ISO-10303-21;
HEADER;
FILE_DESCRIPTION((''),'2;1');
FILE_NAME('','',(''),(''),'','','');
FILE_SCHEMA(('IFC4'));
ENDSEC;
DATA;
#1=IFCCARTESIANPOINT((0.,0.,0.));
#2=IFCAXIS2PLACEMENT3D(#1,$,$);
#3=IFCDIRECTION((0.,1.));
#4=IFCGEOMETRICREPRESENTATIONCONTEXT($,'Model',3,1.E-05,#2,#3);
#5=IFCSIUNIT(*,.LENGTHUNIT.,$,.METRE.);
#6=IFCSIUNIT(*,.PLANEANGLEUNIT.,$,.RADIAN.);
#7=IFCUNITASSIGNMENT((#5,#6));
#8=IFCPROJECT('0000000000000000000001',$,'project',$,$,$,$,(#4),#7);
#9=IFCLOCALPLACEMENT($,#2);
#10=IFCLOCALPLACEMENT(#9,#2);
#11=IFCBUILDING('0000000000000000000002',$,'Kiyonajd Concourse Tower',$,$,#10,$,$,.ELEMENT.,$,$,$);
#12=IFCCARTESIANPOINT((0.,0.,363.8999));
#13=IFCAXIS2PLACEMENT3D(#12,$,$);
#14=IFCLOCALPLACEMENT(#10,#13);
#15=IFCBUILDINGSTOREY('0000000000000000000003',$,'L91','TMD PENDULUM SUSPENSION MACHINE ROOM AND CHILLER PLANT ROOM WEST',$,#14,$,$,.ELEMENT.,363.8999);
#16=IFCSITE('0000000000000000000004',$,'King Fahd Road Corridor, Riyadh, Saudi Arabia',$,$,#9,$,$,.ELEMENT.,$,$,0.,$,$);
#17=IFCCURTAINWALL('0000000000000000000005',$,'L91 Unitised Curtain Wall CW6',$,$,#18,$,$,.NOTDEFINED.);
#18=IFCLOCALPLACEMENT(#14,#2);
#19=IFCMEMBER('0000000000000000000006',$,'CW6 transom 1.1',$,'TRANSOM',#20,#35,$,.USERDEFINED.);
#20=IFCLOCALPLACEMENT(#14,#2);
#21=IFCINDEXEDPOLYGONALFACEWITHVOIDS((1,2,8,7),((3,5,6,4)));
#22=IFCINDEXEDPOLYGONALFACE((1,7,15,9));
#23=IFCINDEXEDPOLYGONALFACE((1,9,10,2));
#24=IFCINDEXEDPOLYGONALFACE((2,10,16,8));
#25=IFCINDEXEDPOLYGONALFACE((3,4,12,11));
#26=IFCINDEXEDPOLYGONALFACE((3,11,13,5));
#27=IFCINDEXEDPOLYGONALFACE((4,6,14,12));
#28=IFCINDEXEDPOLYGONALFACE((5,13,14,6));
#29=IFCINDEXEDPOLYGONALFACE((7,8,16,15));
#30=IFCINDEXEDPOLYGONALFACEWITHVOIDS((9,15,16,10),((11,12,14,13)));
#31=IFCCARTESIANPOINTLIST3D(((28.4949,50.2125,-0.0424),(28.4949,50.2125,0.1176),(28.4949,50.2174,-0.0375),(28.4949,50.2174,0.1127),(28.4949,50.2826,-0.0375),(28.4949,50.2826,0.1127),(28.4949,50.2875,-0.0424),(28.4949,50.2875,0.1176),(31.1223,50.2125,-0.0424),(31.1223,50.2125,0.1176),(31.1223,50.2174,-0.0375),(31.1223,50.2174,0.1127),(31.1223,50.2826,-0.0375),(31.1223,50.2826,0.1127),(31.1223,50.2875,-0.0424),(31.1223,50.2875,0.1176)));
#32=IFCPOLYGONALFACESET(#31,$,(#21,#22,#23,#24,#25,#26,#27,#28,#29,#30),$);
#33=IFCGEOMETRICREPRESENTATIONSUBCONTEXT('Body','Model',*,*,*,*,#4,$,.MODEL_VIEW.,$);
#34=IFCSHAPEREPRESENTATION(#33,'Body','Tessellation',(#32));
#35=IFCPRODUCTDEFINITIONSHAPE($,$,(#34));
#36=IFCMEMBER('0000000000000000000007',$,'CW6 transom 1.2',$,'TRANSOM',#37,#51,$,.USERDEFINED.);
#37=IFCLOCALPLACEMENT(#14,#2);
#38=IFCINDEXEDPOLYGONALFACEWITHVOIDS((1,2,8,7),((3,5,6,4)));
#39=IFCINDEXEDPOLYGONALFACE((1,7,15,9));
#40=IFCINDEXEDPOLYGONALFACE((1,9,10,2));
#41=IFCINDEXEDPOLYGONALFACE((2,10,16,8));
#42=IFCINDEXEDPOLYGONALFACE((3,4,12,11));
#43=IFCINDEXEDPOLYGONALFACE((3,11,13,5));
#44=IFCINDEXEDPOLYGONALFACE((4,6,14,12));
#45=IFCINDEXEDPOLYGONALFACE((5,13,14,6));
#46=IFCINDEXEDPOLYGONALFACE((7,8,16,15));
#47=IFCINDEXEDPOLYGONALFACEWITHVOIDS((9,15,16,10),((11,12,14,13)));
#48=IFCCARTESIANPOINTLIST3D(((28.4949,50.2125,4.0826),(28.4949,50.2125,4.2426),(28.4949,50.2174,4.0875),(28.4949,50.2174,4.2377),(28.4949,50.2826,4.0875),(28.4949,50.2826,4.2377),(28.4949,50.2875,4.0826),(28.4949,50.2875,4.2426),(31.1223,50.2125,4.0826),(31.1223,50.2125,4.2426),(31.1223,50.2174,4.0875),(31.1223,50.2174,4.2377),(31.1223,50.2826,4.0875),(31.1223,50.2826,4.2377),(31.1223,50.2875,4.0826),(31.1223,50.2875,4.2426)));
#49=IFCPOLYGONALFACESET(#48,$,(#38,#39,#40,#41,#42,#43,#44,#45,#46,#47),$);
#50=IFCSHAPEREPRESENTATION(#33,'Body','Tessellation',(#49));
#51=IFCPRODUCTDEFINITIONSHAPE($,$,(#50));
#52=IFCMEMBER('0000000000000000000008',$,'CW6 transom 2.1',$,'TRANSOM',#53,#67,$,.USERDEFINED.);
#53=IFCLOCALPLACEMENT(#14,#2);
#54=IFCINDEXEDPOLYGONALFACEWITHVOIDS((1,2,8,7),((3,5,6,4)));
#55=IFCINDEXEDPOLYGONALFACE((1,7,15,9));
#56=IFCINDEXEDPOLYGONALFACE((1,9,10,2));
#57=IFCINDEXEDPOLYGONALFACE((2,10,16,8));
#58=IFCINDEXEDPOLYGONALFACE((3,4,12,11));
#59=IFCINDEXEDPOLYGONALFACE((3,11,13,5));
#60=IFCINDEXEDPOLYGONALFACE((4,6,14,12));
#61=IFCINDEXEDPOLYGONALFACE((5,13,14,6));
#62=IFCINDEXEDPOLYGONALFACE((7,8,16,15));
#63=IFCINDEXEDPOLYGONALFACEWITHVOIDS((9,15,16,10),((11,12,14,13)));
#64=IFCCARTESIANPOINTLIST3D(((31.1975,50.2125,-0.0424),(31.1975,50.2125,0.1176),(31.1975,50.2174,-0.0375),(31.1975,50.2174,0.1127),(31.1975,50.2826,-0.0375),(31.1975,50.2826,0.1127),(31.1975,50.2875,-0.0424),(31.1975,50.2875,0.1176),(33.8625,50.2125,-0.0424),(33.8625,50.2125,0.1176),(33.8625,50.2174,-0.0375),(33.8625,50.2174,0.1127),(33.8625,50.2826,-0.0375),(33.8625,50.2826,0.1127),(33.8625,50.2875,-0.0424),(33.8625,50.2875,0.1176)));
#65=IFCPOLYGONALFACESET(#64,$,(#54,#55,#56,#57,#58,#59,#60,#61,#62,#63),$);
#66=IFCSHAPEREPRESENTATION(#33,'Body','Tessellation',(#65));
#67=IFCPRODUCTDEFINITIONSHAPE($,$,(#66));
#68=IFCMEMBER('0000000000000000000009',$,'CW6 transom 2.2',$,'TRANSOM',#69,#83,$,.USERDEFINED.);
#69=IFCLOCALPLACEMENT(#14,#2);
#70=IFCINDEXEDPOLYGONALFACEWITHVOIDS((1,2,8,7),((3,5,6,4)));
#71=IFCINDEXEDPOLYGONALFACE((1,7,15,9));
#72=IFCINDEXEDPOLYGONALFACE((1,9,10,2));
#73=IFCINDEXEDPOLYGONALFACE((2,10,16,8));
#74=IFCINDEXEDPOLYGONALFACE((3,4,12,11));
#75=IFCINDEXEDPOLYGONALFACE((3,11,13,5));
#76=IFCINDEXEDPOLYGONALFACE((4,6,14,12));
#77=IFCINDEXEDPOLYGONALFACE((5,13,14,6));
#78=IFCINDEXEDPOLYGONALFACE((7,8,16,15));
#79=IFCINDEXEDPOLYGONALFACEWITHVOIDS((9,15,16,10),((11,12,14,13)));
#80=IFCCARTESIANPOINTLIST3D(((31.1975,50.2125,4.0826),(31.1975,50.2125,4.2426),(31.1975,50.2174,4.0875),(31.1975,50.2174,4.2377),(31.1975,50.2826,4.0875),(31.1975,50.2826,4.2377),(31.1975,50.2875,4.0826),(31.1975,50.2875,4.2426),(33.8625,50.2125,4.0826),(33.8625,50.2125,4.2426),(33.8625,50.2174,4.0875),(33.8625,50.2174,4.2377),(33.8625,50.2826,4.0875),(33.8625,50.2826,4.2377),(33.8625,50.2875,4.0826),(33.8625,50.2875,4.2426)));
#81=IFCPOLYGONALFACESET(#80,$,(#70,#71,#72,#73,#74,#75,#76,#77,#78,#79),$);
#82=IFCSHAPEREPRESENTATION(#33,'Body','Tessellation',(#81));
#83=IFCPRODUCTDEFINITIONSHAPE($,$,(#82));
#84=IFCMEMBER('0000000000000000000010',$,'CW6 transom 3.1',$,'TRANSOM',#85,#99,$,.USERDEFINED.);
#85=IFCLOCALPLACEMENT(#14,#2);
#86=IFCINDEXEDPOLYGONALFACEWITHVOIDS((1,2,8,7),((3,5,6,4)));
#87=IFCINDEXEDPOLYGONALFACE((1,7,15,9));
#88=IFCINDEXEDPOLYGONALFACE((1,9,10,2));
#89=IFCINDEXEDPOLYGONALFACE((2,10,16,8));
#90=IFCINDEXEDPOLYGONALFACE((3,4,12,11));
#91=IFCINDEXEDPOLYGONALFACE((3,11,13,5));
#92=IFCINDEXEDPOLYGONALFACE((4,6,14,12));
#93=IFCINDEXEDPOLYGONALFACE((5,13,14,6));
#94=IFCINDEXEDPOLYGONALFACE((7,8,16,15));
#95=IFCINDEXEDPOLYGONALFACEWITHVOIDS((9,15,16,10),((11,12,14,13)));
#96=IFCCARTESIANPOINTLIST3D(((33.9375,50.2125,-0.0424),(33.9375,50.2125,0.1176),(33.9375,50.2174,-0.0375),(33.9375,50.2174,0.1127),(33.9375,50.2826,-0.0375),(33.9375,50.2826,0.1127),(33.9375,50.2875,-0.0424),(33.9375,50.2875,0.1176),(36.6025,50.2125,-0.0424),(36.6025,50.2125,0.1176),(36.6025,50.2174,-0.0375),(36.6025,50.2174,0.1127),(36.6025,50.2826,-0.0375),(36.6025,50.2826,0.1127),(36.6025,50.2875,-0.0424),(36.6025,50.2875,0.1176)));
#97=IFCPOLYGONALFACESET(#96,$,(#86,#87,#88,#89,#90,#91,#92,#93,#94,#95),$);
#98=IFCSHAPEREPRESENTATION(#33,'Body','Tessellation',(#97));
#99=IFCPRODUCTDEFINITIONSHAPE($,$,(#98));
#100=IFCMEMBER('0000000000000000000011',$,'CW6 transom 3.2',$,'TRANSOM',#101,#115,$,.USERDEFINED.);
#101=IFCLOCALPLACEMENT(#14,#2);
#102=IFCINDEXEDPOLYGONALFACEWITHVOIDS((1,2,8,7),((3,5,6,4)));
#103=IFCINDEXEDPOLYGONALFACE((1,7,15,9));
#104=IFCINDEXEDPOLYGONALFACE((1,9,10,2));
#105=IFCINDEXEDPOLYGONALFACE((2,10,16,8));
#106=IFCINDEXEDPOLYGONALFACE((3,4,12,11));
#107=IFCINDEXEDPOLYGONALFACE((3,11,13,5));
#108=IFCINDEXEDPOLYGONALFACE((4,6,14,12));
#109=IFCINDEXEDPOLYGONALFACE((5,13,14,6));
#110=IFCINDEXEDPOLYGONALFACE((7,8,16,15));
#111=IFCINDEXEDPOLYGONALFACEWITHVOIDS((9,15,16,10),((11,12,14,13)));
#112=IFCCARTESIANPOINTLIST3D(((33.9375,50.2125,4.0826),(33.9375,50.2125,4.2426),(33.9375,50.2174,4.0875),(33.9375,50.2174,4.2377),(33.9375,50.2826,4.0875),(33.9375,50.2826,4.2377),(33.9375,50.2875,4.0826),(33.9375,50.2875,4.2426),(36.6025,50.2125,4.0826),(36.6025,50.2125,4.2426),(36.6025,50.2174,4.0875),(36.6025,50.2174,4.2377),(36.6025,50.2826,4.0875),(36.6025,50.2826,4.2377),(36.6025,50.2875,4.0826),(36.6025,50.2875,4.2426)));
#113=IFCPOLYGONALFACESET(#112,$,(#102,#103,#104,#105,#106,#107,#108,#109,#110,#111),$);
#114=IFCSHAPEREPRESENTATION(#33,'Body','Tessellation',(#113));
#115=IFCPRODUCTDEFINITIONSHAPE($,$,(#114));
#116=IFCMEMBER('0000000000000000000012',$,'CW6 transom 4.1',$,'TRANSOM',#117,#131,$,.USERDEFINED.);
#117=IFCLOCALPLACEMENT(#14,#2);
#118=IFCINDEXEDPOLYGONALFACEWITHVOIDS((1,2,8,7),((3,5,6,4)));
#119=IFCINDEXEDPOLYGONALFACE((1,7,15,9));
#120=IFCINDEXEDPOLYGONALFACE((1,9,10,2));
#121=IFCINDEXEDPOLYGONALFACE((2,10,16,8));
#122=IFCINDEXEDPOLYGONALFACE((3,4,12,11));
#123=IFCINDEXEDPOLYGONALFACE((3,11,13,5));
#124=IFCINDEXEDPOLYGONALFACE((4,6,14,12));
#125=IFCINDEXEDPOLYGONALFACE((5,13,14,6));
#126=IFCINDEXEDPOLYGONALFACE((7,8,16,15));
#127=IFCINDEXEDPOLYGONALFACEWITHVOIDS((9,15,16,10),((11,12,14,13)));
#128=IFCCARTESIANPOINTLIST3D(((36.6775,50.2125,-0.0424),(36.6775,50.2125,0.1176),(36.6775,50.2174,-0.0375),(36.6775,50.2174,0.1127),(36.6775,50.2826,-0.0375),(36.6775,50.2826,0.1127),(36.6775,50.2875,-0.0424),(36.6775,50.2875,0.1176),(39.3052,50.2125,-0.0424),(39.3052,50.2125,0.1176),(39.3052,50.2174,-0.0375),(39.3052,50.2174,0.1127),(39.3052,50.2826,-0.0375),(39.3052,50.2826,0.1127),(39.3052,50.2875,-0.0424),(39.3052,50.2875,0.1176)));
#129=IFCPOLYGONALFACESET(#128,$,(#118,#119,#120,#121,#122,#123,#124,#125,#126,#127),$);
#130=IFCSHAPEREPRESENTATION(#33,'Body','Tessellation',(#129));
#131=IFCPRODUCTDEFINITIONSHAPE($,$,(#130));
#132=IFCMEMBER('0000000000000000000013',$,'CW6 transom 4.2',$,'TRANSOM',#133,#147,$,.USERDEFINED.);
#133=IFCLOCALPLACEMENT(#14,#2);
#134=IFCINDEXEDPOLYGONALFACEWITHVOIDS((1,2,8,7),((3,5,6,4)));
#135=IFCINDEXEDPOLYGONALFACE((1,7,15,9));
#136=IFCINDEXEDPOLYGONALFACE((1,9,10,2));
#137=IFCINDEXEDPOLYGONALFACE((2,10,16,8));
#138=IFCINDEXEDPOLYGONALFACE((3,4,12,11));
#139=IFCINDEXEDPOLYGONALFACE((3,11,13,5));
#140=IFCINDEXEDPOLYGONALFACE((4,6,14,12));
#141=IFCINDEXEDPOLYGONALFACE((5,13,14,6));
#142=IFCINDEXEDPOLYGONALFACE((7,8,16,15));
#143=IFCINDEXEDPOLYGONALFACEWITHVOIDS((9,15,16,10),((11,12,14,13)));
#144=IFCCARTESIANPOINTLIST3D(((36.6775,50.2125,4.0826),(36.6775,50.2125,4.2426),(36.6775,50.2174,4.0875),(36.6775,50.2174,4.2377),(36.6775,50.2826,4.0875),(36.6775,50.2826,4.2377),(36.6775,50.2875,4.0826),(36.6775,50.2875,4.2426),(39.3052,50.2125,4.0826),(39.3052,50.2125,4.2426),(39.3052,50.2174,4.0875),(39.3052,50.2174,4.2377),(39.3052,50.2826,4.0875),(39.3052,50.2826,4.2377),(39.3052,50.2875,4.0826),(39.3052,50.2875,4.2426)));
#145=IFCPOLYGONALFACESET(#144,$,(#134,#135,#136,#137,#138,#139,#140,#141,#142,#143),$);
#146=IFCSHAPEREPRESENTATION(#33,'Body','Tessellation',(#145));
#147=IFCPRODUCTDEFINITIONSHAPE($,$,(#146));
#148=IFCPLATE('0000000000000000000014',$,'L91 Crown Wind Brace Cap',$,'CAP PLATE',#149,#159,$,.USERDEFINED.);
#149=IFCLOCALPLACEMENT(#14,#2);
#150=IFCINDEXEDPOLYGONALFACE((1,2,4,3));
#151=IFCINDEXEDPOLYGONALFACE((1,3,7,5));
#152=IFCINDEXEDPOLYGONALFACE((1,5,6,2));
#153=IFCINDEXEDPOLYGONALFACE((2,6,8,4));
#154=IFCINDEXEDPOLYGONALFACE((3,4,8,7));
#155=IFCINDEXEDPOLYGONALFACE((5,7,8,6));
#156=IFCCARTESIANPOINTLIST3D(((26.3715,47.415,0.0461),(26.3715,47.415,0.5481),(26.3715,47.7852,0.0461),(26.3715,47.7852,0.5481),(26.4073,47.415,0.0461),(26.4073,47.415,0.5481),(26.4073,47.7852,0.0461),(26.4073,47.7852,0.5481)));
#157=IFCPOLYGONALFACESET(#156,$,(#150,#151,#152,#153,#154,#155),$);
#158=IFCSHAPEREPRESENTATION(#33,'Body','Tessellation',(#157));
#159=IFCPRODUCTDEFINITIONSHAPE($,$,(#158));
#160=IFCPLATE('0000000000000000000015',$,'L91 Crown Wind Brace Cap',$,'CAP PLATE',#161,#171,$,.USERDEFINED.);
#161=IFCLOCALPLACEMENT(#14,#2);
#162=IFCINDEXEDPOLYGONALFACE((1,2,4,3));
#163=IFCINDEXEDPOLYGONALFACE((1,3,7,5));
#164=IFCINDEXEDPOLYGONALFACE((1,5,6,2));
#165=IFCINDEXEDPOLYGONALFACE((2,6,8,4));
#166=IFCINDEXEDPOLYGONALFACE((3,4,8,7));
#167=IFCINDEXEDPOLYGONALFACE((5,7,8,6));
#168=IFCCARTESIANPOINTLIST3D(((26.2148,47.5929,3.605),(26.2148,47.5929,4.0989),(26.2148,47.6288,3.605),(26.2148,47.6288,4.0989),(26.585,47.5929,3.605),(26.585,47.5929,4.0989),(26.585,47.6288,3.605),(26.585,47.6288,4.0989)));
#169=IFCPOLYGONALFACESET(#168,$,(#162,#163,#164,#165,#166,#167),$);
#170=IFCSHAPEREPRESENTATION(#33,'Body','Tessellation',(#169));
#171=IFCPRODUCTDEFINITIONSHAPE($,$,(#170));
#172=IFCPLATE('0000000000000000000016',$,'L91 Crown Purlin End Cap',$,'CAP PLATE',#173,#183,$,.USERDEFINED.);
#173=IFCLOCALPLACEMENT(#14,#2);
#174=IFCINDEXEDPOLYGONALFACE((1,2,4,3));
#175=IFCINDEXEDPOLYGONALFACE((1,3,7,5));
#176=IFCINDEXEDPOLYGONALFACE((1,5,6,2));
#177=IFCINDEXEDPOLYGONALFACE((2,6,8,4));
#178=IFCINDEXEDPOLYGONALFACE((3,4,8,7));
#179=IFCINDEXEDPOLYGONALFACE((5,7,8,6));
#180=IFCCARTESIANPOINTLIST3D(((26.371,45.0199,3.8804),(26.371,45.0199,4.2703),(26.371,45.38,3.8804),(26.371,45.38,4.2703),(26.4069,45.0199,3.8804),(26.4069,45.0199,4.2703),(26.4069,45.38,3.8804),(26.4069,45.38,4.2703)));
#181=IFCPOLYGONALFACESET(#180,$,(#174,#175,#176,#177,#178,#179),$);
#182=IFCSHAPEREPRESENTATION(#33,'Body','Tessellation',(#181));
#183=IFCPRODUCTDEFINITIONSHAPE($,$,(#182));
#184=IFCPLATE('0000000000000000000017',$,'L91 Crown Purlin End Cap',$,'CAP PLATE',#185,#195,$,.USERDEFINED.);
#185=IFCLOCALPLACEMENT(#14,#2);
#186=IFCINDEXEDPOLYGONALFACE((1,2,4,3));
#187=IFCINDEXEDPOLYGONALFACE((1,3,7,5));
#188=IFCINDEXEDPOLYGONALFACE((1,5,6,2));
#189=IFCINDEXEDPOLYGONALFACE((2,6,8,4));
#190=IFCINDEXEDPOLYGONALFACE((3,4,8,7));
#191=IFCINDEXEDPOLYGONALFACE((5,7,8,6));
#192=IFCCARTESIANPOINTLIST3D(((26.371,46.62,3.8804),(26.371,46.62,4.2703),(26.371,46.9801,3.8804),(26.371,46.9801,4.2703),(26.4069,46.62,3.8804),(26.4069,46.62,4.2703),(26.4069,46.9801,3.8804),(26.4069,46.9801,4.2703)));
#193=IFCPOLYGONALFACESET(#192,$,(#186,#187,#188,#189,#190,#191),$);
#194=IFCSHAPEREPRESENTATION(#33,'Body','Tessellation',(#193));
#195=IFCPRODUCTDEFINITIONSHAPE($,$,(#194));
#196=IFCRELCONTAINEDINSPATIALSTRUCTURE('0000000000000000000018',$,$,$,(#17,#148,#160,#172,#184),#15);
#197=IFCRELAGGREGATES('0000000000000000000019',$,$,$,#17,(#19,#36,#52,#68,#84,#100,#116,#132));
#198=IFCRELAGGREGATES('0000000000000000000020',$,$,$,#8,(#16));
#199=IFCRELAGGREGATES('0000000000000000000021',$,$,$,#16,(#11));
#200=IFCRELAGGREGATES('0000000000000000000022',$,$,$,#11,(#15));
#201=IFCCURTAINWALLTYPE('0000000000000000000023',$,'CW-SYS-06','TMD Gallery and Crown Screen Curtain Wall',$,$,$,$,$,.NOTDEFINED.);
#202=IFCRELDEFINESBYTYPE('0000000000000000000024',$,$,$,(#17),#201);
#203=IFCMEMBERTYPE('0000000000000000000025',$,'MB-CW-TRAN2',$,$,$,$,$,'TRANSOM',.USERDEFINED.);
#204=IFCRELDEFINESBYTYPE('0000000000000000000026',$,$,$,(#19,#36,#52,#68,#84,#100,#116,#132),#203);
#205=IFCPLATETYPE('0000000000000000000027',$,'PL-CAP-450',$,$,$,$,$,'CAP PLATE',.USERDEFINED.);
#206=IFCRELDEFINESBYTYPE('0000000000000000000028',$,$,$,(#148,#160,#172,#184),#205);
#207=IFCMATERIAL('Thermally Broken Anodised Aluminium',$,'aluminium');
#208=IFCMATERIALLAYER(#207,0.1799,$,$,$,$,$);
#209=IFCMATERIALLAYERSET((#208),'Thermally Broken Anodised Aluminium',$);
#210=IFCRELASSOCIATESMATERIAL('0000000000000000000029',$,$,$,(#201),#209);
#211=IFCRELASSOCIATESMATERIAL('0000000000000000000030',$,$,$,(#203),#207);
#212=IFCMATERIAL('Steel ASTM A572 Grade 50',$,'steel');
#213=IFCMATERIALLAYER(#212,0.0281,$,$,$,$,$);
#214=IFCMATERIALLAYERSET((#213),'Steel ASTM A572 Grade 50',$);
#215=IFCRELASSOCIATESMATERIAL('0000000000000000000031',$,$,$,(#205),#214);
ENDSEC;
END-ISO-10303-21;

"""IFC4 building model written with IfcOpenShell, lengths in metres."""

from ifc_helpers import new_model, si_unit, direction, frame, origin, origin_2d, place, context, subcontext, project, spatial, rectangle, hollow_rectangle, extrude, material, layer, layer_set, material_profile, profile_set, type_object, element, aggregate, save


model = new_model("IFC4")

# Units and contexts
model_context = context("Model", 3, precision=1e-05, world=origin(), true_north=direction((0.0, 1.0)))
body_context = subcontext(model_context, "Body", "Model", "MODEL_VIEW")
ifc_project = project(units=[si_unit("LENGTHUNIT", "METRE"), si_unit("PLANEANGLEUNIT", "RADIAN")], contexts=[model_context])

# Site, building, storey
site_placement = place(None, origin())
site = spatial("IfcSite", under=ifc_project, at=site_placement, Name="King Fahd Road Corridor, Riyadh, Saudi Arabia", CompositionType="ELEMENT", RefElevation=0.0)
building_placement = place(site_placement, origin())
building = spatial("IfcBuilding", under=site, at=building_placement, Name="Kiyonajd Concourse Tower", CompositionType="ELEMENT")
storey_placement = place(building_placement, frame((0.0, 0.0, 363.8999)))
storey = spatial("IfcBuildingStorey", under=building, at=storey_placement, Name="L91", Description="TMD PENDULUM SUSPENSION MACHINE ROOM AND CHILLER PLANT ROOM WEST", CompositionType="ELEMENT", Elevation=363.8999)

# Shared definitions
ifc_material_1 = material(Name="Steel ASTM A572 Grade 50", Category="steel")

# Curtain wall, members
ifc_material_2 = material(Name="Thermally Broken Anodised Aluminium", Category="aluminium")
ifc_layer_1 = layer(ifc_material_2, 0.1799)
ifc_layer_set_1 = layer_set([ifc_layer_1], Name="Thermally Broken Anodised Aluminium")
curtain_wall_type = type_object("IfcCurtainWallType", Name="CW-SYS-06", Description="TMD Gallery and Crown Screen Curtain Wall", PredefinedType="NOTDEFINED", material=ifc_layer_set_1)
curtain_wall_placement = place(storey_placement, origin())
curtain_wall = element("IfcCurtainWall", 1, at=curtain_wall_placement, inside=storey, type_object=curtain_wall_type, Name="L91 Unitised Curtain Wall CW6", PredefinedType="NOTDEFINED")
ifc_material_profile_1 = material_profile(ifc_material_2, hollow_rectangle(XDim=0.075, YDim=0.1599, WallThickness=0.0049, at=origin_2d()), Name="TRAN-75x160")
ifc_profile_set_1 = profile_set([ifc_material_profile_1], Name="Thermally Broken Anodised Aluminium")
member_type_1 = type_object("IfcMemberType", Name="MB-CW-TRAN2", ElementType="TRANSOM", PredefinedType="USERDEFINED", material=ifc_profile_set_1)
member_1_placement = place(storey_placement, frame((28.4949, 50.25, 0.0376), z_axis=(1.0, 0.0, 0.0), x_axis=(0.0, 1.0, 0.0)))
member_1 = element("IfcMember", 2, at=member_1_placement, type_object=member_type_1, Name="CW6 transom 1.1", ObjectType="TRANSOM", PredefinedType="USERDEFINED", context=body_context, shape_type="SweptSolid", body=[
    extrude(hollow_rectangle(XDim=0.075, YDim=0.1599, WallThickness=0.0049, at=origin_2d()), origin(), (0.0, 0.0, 1.0), 2.6274),
])
member_2_placement = place(storey_placement, frame((28.4949, 50.25, 4.1626), z_axis=(1.0, 0.0, 0.0), x_axis=(0.0, 1.0, 0.0)))
member_2 = element("IfcMember", 3, at=member_2_placement, type_object=member_type_1, Name="CW6 transom 1.2", ObjectType="TRANSOM", PredefinedType="USERDEFINED", context=body_context, shape_type="SweptSolid", body=[
    extrude(hollow_rectangle(XDim=0.075, YDim=0.1599, WallThickness=0.0049, at=origin_2d()), origin(), (0.0, 0.0, 1.0), 2.6274),
])
member_3_placement = place(storey_placement, frame((31.1975, 50.25, 0.0376), z_axis=(1.0, 0.0, 0.0), x_axis=(0.0, 1.0, 0.0)))
member_3 = element("IfcMember", 4, at=member_3_placement, type_object=member_type_1, Name="CW6 transom 2.1", ObjectType="TRANSOM", PredefinedType="USERDEFINED", context=body_context, shape_type="SweptSolid", body=[
    extrude(hollow_rectangle(XDim=0.075, YDim=0.1599, WallThickness=0.0049, at=origin_2d()), origin(), (0.0, 0.0, 1.0), 2.665),
])
member_4_placement = place(storey_placement, frame((31.1975, 50.25, 4.1626), z_axis=(1.0, 0.0, 0.0), x_axis=(0.0, 1.0, 0.0)))
member_4 = element("IfcMember", 5, at=member_4_placement, type_object=member_type_1, Name="CW6 transom 2.2", ObjectType="TRANSOM", PredefinedType="USERDEFINED", context=body_context, shape_type="SweptSolid", body=[
    extrude(hollow_rectangle(XDim=0.075, YDim=0.1599, WallThickness=0.0049, at=origin_2d()), origin(), (0.0, 0.0, 1.0), 2.665),
])
member_5_placement = place(storey_placement, frame((33.9375, 50.25, 0.0376), z_axis=(1.0, 0.0, 0.0), x_axis=(0.0, 1.0, 0.0)))
member_5 = element("IfcMember", 6, at=member_5_placement, type_object=member_type_1, Name="CW6 transom 3.1", ObjectType="TRANSOM", PredefinedType="USERDEFINED", context=body_context, shape_type="SweptSolid", body=[
    extrude(hollow_rectangle(XDim=0.075, YDim=0.1599, WallThickness=0.0049, at=origin_2d()), origin(), (0.0, 0.0, 1.0), 2.665),
])
member_6_placement = place(storey_placement, frame((33.9375, 50.25, 4.1626), z_axis=(1.0, 0.0, 0.0), x_axis=(0.0, 1.0, 0.0)))
member_6 = element("IfcMember", 7, at=member_6_placement, type_object=member_type_1, Name="CW6 transom 3.2", ObjectType="TRANSOM", PredefinedType="USERDEFINED", context=body_context, shape_type="SweptSolid", body=[
    extrude(hollow_rectangle(XDim=0.075, YDim=0.1599, WallThickness=0.0049, at=origin_2d()), origin(), (0.0, 0.0, 1.0), 2.665),
])
member_7_placement = place(storey_placement, frame((36.6775, 50.25, 0.0376), z_axis=(1.0, 0.0, 0.0), x_axis=(0.0, 1.0, 0.0)))
member_7 = element("IfcMember", 8, at=member_7_placement, type_object=member_type_1, Name="CW6 transom 4.1", ObjectType="TRANSOM", PredefinedType="USERDEFINED", context=body_context, shape_type="SweptSolid", body=[
    extrude(hollow_rectangle(XDim=0.075, YDim=0.1599, WallThickness=0.0049, at=origin_2d()), origin(), (0.0, 0.0, 1.0), 2.6277),
])
member_8_placement = place(storey_placement, frame((36.6775, 50.25, 4.1626), z_axis=(1.0, 0.0, 0.0), x_axis=(0.0, 1.0, 0.0)))
member_8 = element("IfcMember", 9, at=member_8_placement, type_object=member_type_1, Name="CW6 transom 4.2", ObjectType="TRANSOM", PredefinedType="USERDEFINED", context=body_context, shape_type="SweptSolid", body=[
    extrude(hollow_rectangle(XDim=0.075, YDim=0.1599, WallThickness=0.0049, at=origin_2d()), origin(), (0.0, 0.0, 1.0), 2.6277),
])

# Plates
ifc_layer_2 = layer(ifc_material_1, 0.0281)
ifc_layer_set_2 = layer_set([ifc_layer_2], Name="Steel ASTM A572 Grade 50")
plate_type_1 = type_object("IfcPlateType", Name="PL-CAP-450", ElementType="CAP PLATE", PredefinedType="USERDEFINED", material=ifc_layer_set_2)
plate_1_placement = place(storey_placement, frame((26.3894, 47.6001, 0.0461), z_axis=(0.0, 0.0, 1.0), x_axis=(-1.0, 0.0, 0.0)))
element("IfcPlate", 10, at=plate_1_placement, inside=storey, type_object=plate_type_1, Name="L91 Crown Wind Brace Cap", ObjectType="CAP PLATE", PredefinedType="USERDEFINED", context=body_context, shape_type="SweptSolid", body=[
    extrude(rectangle(XDim=0.0359, YDim=0.3701, at=origin_2d()), origin(), (0.0, 0.0, 1.0), 0.502),
])
plate_2_placement = place(storey_placement, frame((26.3999, 47.6108, 3.605), z_axis=(0.0, 0.0, 1.0), x_axis=(0.0, 1.0, 0.0)))
element("IfcPlate", 11, at=plate_2_placement, inside=storey, type_object=plate_type_1, Name="L91 Crown Wind Brace Cap", ObjectType="CAP PLATE", PredefinedType="USERDEFINED", context=body_context, shape_type="SweptSolid", body=[
    extrude(rectangle(XDim=0.0359, YDim=0.3701, at=origin_2d()), origin(), (0.0, 0.0, 1.0), 0.4939),
])
for number, where, z_axis, x_axis, name in (
    (12, (26.3889, 45.2, 3.8804), (0.0, 0.0, 1.0), (-1.0, 0.0, 0.0), "L91 Crown Purlin End Cap"),
    (13, (26.3889, 46.8, 3.8804), (0.0, 0.0, 1.0), (-1.0, 0.0, 0.0), "L91 Crown Purlin End Cap"),
):
    element("IfcPlate", number, at=place(storey_placement, frame(where, z_axis=z_axis, x_axis=x_axis)), inside=storey, type_object=plate_type_1, Name=name, ObjectType="CAP PLATE", PredefinedType="USERDEFINED", context=body_context, shape_type="SweptSolid", body=[
        extrude(rectangle(XDim=0.0359, YDim=0.3601, at=origin_2d()), origin(), (0.0, 0.0, 1.0), 0.3899),
    ])

aggregate(curtain_wall, [member_1, member_2, member_3, member_4, member_5, member_6, member_7, member_8])

save(model, "model.ifc")
